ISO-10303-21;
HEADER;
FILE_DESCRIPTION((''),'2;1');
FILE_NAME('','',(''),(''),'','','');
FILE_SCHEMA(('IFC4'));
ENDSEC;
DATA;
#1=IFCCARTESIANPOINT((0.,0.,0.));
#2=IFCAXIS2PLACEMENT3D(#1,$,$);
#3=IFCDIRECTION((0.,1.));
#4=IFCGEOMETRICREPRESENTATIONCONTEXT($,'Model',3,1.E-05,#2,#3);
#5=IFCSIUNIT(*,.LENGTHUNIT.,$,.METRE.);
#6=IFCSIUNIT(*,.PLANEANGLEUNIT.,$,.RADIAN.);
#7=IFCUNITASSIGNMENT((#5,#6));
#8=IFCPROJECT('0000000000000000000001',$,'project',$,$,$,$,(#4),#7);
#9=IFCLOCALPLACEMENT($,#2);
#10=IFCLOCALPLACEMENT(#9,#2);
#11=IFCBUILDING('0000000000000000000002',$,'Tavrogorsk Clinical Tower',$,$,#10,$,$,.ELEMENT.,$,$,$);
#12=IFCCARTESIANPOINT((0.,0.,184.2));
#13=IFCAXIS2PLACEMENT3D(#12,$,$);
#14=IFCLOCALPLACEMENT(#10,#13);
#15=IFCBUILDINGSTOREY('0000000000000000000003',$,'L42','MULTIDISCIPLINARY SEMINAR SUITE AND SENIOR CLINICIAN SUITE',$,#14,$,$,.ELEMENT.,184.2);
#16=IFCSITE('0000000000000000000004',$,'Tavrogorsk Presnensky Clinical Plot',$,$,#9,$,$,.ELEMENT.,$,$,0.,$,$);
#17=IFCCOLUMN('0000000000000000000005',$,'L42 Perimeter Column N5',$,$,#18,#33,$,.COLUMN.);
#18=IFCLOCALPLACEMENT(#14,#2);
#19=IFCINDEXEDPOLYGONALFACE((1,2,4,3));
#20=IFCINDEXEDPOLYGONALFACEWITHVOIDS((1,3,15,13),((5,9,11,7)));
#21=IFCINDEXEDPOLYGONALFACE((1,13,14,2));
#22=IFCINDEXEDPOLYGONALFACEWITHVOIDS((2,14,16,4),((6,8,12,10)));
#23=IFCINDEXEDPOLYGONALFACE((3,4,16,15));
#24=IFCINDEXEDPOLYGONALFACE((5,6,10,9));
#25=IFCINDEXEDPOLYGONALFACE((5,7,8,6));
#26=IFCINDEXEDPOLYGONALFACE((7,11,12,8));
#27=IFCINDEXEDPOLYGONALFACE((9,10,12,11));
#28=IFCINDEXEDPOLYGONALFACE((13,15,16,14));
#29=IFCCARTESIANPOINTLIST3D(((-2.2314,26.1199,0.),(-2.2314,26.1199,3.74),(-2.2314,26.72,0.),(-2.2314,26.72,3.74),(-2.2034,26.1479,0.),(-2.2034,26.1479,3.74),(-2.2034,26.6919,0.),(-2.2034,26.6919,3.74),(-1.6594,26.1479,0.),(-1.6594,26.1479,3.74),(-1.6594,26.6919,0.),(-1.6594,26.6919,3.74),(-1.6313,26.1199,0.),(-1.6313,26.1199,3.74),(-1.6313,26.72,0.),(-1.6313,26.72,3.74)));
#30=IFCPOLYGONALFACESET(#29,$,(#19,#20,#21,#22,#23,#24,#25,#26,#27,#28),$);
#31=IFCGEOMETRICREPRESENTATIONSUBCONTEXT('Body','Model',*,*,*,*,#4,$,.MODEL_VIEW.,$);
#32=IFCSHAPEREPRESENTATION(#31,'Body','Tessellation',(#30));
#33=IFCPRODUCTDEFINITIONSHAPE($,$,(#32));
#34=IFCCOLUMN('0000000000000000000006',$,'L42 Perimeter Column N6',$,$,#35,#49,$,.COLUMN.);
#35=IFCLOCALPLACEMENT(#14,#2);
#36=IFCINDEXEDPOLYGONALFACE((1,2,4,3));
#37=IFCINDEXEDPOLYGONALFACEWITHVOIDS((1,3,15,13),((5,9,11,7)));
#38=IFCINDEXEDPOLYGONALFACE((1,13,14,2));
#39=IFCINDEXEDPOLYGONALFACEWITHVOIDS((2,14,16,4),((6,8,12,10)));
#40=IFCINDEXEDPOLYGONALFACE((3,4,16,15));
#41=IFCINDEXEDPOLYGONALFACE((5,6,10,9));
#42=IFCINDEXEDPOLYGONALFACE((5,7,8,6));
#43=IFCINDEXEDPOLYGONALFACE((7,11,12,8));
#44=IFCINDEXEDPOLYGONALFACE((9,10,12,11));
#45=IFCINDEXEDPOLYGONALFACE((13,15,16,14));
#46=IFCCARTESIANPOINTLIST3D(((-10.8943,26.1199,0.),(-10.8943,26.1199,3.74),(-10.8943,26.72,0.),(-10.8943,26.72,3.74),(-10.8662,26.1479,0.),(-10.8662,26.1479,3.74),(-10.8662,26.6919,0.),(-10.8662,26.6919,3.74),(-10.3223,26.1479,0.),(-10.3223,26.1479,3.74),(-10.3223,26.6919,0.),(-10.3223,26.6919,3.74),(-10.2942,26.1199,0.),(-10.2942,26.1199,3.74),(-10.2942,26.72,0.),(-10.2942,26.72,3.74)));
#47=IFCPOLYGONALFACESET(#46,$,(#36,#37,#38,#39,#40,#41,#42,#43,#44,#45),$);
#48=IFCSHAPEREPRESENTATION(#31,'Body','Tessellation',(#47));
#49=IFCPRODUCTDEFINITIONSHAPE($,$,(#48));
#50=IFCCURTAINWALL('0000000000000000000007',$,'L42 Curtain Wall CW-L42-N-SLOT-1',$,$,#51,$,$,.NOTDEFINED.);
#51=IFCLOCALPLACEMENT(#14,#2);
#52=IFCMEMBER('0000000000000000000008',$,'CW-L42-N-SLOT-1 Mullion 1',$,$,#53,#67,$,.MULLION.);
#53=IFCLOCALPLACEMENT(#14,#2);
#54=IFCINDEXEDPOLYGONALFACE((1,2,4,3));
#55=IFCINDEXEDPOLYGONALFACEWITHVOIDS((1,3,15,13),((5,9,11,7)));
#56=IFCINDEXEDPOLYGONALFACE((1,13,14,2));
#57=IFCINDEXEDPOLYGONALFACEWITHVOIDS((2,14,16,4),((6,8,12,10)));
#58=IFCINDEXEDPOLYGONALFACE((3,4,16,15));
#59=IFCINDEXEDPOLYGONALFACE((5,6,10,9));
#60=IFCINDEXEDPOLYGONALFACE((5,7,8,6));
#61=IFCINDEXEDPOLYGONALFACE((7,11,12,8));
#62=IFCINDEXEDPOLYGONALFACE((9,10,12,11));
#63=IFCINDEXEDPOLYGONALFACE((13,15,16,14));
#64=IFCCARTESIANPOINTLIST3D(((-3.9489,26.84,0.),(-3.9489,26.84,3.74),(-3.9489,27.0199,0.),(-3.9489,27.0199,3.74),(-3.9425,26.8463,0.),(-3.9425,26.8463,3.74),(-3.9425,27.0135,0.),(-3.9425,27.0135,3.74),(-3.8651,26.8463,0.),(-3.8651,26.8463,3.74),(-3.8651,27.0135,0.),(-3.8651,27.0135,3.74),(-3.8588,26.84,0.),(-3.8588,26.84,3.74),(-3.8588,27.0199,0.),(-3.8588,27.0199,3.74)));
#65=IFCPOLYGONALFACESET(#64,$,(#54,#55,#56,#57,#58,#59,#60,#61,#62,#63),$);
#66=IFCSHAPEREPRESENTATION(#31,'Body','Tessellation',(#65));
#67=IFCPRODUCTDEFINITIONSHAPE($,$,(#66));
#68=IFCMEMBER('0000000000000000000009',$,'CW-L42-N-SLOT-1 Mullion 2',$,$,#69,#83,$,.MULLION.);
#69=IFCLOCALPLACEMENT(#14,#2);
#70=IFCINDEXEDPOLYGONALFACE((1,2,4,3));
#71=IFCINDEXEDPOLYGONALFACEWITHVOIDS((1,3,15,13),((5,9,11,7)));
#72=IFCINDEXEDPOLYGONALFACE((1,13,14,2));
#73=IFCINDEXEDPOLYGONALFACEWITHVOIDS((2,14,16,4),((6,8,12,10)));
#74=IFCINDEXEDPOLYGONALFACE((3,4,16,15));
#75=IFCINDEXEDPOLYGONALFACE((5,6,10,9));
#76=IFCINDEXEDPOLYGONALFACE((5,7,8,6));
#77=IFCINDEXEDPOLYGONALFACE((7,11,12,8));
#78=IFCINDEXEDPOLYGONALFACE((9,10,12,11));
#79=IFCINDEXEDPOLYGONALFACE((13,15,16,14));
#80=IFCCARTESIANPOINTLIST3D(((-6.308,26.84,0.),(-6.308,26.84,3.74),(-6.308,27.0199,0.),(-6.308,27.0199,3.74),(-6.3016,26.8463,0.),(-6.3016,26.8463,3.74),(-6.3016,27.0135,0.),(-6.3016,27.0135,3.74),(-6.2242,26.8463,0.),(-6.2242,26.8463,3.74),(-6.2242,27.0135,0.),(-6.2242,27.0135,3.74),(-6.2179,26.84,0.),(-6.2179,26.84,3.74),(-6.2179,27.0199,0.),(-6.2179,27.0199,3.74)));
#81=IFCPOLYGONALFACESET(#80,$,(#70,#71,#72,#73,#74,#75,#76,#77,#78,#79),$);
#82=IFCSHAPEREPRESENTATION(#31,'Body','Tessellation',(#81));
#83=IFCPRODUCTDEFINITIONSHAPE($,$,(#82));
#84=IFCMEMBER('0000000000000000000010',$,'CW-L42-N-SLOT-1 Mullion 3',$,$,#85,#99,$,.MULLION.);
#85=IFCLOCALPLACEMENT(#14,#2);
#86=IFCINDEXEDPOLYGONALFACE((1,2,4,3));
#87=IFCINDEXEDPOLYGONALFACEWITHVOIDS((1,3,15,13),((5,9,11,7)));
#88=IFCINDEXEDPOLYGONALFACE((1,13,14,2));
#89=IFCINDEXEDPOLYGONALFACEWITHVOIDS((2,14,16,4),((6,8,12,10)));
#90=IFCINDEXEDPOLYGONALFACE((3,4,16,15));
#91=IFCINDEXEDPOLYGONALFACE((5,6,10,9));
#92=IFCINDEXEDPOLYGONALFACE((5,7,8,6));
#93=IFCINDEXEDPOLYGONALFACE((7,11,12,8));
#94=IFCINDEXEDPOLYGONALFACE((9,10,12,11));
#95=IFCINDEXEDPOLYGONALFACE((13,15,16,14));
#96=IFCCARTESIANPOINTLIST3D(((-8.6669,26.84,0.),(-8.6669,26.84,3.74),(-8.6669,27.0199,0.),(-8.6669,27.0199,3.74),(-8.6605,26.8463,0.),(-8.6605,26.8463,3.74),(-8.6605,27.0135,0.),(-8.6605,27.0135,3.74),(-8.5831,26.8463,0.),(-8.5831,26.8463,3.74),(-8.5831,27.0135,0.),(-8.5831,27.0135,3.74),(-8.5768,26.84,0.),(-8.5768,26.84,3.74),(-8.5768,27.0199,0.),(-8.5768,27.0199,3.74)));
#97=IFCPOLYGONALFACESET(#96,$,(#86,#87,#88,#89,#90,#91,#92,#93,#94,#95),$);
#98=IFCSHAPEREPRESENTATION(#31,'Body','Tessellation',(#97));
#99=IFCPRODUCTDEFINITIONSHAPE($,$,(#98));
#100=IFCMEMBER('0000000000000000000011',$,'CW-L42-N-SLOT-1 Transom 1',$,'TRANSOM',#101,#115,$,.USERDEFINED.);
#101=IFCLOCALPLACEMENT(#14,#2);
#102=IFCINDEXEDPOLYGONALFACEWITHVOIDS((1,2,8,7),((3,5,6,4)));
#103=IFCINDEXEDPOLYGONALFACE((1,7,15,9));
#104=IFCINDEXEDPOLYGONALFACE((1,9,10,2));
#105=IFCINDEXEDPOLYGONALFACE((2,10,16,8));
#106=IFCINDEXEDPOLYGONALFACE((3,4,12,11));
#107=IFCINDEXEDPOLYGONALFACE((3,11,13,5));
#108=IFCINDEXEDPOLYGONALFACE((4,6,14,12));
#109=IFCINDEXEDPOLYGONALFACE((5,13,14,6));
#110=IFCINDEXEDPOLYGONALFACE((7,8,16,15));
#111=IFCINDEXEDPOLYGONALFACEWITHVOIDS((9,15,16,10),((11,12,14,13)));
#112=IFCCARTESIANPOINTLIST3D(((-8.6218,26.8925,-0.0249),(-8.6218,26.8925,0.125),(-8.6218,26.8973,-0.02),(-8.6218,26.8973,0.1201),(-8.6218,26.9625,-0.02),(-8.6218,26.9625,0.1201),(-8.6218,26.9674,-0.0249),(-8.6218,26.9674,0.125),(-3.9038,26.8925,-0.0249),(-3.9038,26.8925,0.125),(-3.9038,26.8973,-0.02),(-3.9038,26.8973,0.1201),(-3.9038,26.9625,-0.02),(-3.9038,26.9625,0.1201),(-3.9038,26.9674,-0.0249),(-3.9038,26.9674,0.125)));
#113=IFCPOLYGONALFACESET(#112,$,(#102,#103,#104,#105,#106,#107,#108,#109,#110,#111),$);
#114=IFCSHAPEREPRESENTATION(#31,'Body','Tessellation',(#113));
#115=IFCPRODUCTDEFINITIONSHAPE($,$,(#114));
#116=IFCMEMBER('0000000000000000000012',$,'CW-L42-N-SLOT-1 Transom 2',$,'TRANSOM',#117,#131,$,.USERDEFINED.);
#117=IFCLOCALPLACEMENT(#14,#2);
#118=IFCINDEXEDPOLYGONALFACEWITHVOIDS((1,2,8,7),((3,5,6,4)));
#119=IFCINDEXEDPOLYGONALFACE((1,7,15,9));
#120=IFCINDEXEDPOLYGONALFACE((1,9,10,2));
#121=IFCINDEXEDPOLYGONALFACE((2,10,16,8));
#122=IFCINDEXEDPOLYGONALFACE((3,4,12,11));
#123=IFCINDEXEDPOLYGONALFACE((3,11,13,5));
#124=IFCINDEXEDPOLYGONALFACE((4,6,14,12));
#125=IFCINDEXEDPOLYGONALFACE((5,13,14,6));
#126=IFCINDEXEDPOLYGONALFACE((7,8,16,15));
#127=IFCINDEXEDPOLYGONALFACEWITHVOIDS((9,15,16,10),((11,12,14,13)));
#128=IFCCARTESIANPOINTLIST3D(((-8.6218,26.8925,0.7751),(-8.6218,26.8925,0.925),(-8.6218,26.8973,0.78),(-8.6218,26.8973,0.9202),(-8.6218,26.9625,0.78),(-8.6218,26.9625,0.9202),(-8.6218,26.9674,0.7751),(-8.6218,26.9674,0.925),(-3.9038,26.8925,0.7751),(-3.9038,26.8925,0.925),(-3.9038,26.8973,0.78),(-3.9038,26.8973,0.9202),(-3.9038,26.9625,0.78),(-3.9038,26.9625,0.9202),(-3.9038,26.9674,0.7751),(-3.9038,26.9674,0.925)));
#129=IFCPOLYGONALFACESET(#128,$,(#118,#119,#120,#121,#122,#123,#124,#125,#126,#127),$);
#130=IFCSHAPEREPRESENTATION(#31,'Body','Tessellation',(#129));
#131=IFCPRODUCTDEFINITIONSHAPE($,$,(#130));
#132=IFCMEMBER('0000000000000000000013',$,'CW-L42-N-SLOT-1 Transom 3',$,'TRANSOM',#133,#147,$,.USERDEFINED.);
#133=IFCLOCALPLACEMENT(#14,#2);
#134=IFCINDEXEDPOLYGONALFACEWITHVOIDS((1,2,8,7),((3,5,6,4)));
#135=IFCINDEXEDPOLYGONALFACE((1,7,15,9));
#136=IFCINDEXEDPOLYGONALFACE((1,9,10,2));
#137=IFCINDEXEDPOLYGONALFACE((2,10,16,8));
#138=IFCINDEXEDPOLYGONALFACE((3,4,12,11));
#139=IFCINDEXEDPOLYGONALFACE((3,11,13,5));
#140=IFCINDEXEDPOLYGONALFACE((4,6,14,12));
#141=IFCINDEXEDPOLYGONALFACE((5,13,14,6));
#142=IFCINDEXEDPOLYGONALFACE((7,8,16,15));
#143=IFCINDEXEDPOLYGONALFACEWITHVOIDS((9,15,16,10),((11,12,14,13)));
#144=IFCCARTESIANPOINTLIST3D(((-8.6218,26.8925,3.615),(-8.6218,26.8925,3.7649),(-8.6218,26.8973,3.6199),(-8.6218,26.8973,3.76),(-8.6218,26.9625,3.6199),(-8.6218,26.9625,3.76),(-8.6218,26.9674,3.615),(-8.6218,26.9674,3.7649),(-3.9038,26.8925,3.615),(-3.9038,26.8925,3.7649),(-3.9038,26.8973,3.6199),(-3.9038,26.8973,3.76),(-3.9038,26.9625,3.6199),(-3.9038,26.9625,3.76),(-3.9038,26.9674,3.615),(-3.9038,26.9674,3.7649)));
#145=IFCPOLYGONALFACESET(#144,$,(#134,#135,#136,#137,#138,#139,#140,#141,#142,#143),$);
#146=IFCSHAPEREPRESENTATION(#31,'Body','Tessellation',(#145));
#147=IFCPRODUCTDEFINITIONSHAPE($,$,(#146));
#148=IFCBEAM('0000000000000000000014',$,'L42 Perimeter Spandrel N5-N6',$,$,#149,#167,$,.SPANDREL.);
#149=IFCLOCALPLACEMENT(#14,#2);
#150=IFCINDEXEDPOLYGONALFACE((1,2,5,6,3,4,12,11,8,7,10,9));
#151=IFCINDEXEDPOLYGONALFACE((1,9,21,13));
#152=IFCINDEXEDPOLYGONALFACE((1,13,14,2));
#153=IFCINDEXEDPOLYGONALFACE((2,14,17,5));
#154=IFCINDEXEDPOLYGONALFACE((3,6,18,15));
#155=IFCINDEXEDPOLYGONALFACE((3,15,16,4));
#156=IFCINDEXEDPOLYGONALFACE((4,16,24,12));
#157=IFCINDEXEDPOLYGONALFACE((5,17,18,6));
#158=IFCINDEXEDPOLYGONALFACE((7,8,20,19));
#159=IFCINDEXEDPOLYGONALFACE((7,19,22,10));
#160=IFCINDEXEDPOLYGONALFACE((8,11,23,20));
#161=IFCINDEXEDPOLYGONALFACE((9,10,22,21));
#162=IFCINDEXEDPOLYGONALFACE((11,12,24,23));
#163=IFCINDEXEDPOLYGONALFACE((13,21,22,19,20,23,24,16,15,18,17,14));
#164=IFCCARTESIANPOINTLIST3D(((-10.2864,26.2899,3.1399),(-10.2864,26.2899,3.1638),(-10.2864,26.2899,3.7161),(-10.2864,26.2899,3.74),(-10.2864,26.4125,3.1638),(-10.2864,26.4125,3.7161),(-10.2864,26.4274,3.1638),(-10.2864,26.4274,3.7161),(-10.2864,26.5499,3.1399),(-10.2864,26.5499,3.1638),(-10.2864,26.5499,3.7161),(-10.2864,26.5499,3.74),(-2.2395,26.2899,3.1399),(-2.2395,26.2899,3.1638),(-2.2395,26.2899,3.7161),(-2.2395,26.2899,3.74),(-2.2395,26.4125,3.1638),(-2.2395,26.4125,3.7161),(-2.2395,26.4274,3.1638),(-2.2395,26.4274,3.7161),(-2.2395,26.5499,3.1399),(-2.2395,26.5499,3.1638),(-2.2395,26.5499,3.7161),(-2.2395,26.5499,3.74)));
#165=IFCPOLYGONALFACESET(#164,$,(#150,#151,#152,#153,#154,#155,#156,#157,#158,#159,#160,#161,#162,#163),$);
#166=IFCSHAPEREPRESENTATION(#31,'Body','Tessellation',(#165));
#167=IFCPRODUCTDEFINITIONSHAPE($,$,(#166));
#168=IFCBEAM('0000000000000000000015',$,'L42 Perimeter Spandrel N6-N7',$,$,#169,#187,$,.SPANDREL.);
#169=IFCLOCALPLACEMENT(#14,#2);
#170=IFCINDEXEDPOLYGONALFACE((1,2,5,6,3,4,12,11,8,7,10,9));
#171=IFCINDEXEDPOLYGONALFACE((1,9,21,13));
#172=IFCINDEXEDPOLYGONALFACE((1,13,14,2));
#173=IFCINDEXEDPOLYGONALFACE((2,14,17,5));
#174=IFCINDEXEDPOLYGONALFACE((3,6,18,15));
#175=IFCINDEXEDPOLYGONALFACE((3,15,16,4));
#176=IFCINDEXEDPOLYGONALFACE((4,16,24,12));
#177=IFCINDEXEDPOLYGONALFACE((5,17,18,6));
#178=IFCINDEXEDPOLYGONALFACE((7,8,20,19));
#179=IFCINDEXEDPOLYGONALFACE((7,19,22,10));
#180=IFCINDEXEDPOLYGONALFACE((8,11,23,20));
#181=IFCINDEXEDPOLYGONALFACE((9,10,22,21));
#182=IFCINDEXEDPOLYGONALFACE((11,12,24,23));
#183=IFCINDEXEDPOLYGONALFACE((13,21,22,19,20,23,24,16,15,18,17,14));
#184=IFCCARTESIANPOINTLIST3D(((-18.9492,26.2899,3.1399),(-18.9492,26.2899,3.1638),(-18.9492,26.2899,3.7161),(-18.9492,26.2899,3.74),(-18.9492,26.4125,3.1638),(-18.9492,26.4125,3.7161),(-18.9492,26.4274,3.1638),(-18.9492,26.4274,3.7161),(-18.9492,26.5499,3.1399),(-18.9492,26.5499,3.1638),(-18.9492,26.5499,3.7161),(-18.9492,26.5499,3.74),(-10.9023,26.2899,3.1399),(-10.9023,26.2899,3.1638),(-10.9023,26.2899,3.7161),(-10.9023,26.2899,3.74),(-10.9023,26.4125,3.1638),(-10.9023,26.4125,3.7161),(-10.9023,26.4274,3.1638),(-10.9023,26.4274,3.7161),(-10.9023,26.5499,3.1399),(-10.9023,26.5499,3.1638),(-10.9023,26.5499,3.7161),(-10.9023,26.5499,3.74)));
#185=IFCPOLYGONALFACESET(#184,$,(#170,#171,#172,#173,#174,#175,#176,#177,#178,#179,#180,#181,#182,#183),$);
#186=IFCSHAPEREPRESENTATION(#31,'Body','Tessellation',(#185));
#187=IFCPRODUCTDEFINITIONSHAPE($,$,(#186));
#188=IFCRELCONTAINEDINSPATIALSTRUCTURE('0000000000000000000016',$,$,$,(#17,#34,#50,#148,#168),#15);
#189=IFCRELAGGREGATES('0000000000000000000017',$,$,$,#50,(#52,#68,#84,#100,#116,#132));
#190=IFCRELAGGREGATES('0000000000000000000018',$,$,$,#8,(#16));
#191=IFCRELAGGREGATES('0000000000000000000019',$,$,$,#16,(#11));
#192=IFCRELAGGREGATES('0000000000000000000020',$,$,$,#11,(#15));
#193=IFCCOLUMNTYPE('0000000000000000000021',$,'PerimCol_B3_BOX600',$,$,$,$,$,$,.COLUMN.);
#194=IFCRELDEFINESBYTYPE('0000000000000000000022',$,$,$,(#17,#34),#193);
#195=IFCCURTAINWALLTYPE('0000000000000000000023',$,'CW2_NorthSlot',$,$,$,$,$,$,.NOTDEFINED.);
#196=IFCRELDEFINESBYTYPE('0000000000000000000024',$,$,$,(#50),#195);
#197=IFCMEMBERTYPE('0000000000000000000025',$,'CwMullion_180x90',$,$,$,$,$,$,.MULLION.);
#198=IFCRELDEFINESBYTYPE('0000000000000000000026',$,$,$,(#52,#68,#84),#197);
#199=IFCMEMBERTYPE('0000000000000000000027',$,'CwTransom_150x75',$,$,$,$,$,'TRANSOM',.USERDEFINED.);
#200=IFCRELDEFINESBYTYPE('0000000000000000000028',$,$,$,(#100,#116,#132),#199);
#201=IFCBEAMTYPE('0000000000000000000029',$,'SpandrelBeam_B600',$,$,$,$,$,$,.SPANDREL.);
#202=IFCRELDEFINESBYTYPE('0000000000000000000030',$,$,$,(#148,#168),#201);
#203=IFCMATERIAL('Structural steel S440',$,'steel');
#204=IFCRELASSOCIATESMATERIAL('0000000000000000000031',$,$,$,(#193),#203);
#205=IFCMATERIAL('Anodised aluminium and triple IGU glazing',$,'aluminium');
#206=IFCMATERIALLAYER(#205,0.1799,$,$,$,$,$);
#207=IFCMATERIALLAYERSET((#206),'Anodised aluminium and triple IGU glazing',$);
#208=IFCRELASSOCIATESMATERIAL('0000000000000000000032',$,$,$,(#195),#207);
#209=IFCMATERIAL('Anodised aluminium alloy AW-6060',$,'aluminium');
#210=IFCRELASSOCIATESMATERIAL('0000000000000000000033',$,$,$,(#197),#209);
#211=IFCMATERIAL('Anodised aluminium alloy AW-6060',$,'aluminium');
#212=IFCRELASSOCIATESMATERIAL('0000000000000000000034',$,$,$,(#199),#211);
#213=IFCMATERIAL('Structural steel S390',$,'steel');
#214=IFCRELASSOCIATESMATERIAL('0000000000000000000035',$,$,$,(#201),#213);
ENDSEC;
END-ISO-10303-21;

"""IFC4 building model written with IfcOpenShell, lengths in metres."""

from ifc_helpers import new_model, si_unit, direction, frame, origin, origin_2d, place, context, subcontext, project, spatial, hollow_rectangle, i_section, extrude, material, layer, layer_set, material_profile, profile_set, type_object, element, aggregate, save


model = new_model("IFC4")

# Units and contexts
model_context = context("Model", 3, precision=1e-05, world=origin(), true_north=direction((0.0, 1.0)))
body_context = subcontext(model_context, "Body", "Model", "MODEL_VIEW")
ifc_project = project(units=[si_unit("LENGTHUNIT", "METRE"), si_unit("PLANEANGLEUNIT", "RADIAN")], contexts=[model_context])

# Site, building, storey
site_placement = place(None, origin())
site = spatial("IfcSite", under=ifc_project, at=site_placement, Name="Tavrogorsk Presnensky Clinical Plot", CompositionType="ELEMENT", RefElevation=0.0)
building_placement = place(site_placement, origin())
building = spatial("IfcBuilding", under=site, at=building_placement, Name="Tavrogorsk Clinical Tower", CompositionType="ELEMENT")
storey_placement = place(building_placement, frame((0.0, 0.0, 184.2)))
storey = spatial("IfcBuildingStorey", under=building, at=storey_placement, Name="L42", Description="MULTIDISCIPLINARY SEMINAR SUITE AND SENIOR CLINICIAN SUITE", CompositionType="ELEMENT", Elevation=184.2)

# Columns
ifc_material_1 = material(Name="Structural steel S440", Category="steel")
ifc_material_profile_1 = material_profile(ifc_material_1, hollow_rectangle(XDim=0.6001, YDim=0.6001, WallThickness=0.0281, at=origin_2d()), Name="BOX-600x600x28")
ifc_profile_set_1 = profile_set([ifc_material_profile_1], Name="Structural steel S440")
column_type = type_object("IfcColumnType", Name="PerimCol_B3_BOX600", PredefinedType="COLUMN", material=ifc_profile_set_1)
for number, where, z_axis, x_axis, name in (
    (1, (-1.9314, 26.4199, 0.0), (0.0, 0.0, 1.0), (1.0, 0.0, 0.0), "L42 Perimeter Column N5"),
    (2, (-10.5942, 26.4199, 0.0), (0.0, 0.0, 1.0), (1.0, 0.0, 0.0), "L42 Perimeter Column N6"),
):
    element("IfcColumn", number, at=place(storey_placement, frame(where, z_axis=z_axis, x_axis=x_axis)), inside=storey, type_object=column_type, Name=name, PredefinedType="COLUMN", context=body_context, shape_type="SweptSolid", body=[
        extrude(hollow_rectangle(XDim=0.6001, YDim=0.6001, WallThickness=0.0281, at=origin_2d()), origin(), (0.0, 0.0, 1.0), 3.74),
    ])

# Curtain wall, members
ifc_material_2 = material(Name="Anodised aluminium and triple IGU glazing", Category="aluminium")
ifc_layer_1 = layer(ifc_material_2, 0.1799)
ifc_layer_set_1 = layer_set([ifc_layer_1], Name="Anodised aluminium and triple IGU glazing")
curtain_wall_type = type_object("IfcCurtainWallType", Name="CW2_NorthSlot", PredefinedType="NOTDEFINED", material=ifc_layer_set_1)
curtain_wall_placement = place(storey_placement, origin())
curtain_wall = element("IfcCurtainWall", 3, at=curtain_wall_placement, inside=storey, type_object=curtain_wall_type, Name="L42 Curtain Wall CW-L42-N-SLOT-1", PredefinedType="NOTDEFINED")
ifc_material_3 = material(Name="Anodised aluminium alloy AW-6060", Category="aluminium")
ifc_material_profile_2 = material_profile(ifc_material_3, hollow_rectangle(XDim=0.0901, YDim=0.1799, WallThickness=0.0063, at=origin_2d()), Name="RHS-180x90x6.3")
ifc_profile_set_2 = profile_set([ifc_material_profile_2], Name="Anodised aluminium alloy AW-6060")
member_type_1 = type_object("IfcMemberType", Name="CwMullion_180x90", PredefinedType="MULLION", material=ifc_profile_set_2)
member_1_placement = place(storey_placement, frame((-3.9038, 26.9299, 0.0), z_axis=(0.0, 0.0, 1.0), x_axis=(-1.0, 0.0, 0.0)))
member_1 = element("IfcMember", 4, at=member_1_placement, type_object=member_type_1, Name="CW-L42-N-SLOT-1 Mullion 1", PredefinedType="MULLION", context=body_context, shape_type="SweptSolid", body=[
    extrude(hollow_rectangle(XDim=0.0901, YDim=0.1799, WallThickness=0.0063, at=origin_2d()), origin(), (0.0, 0.0, 1.0), 3.74),
])
member_2_placement = place(storey_placement, frame((-6.2629, 26.9299, 0.0), z_axis=(0.0, 0.0, 1.0), x_axis=(-1.0, 0.0, 0.0)))
member_2 = element("IfcMember", 5, at=member_2_placement, type_object=member_type_1, Name="CW-L42-N-SLOT-1 Mullion 2", PredefinedType="MULLION", context=body_context, shape_type="SweptSolid", body=[
    extrude(hollow_rectangle(XDim=0.0901, YDim=0.1799, WallThickness=0.0063, at=origin_2d()), origin(), (0.0, 0.0, 1.0), 3.74),
])
member_3_placement = place(storey_placement, frame((-8.6218, 26.9299, 0.0), z_axis=(0.0, 0.0, 1.0), x_axis=(-1.0, 0.0, 0.0)))
member_3 = element("IfcMember", 6, at=member_3_placement, type_object=member_type_1, Name="CW-L42-N-SLOT-1 Mullion 3", PredefinedType="MULLION", context=body_context, shape_type="SweptSolid", body=[
    extrude(hollow_rectangle(XDim=0.0901, YDim=0.1799, WallThickness=0.0063, at=origin_2d()), origin(), (0.0, 0.0, 1.0), 3.74),
])
ifc_material_4 = material(Name="Anodised aluminium alloy AW-6060", Category="aluminium")
ifc_material_profile_3 = material_profile(ifc_material_4, hollow_rectangle(XDim=0.075, YDim=0.1499, WallThickness=0.0049, at=origin_2d()), Name="RHS-150x75x5")
ifc_profile_set_3 = profile_set([ifc_material_profile_3], Name="Anodised aluminium alloy AW-6060")
member_type_2 = type_object("IfcMemberType", Name="CwTransom_150x75", ElementType="TRANSOM", PredefinedType="USERDEFINED", material=ifc_profile_set_3)
member_4_placement = place(storey_placement, frame((-3.9038, 26.9299, 0.05), z_axis=(-1.0, 0.0, 0.0), x_axis=(0.0, -1.0, 0.0)))
member_4 = element("IfcMember", 7, at=member_4_placement, type_object=member_type_2, Name="CW-L42-N-SLOT-1 Transom 1", ObjectType="TRANSOM", PredefinedType="USERDEFINED", context=body_context, shape_type="SweptSolid", body=[
    extrude(hollow_rectangle(XDim=0.075, YDim=0.1499, WallThickness=0.0049, at=origin_2d()), origin(), (0.0, 0.0, 1.0), 4.718),
])
member_5_placement = place(storey_placement, frame((-3.9038, 26.9299, 0.8501), z_axis=(-1.0, 0.0, 0.0), x_axis=(0.0, -1.0, 0.0)))
member_5 = element("IfcMember", 8, at=member_5_placement, type_object=member_type_2, Name="CW-L42-N-SLOT-1 Transom 2", ObjectType="TRANSOM", PredefinedType="USERDEFINED", context=body_context, shape_type="SweptSolid", body=[
    extrude(hollow_rectangle(XDim=0.075, YDim=0.1499, WallThickness=0.0049, at=origin_2d()), origin(), (0.0, 0.0, 1.0), 4.718),
])
member_6_placement = place(storey_placement, frame((-3.9038, 26.9299, 3.6899), z_axis=(-1.0, 0.0, 0.0), x_axis=(0.0, -1.0, 0.0)))
member_6 = element("IfcMember", 9, at=member_6_placement, type_object=member_type_2, Name="CW-L42-N-SLOT-1 Transom 3", ObjectType="TRANSOM", PredefinedType="USERDEFINED", context=body_context, shape_type="SweptSolid", body=[
    extrude(hollow_rectangle(XDim=0.075, YDim=0.1499, WallThickness=0.0049, at=origin_2d()), origin(), (0.0, 0.0, 1.0), 4.718),
])

# Beams
ifc_material_5 = material(Name="Structural steel S390", Category="steel")
ifc_material_profile_4 = material_profile(ifc_material_5, i_section(OverallWidth=0.26, OverallDepth=0.6001, WebThickness=0.0149, FlangeThickness=0.0239, at=origin_2d()), Name="B-600x260x15x24")
ifc_profile_set_4 = profile_set([ifc_material_profile_4], Name="Structural steel S390")
beam_type = type_object("IfcBeamType", Name="SpandrelBeam_B600", PredefinedType="SPANDREL", material=ifc_profile_set_4)
for number, where, z_axis, x_axis, name in (
    (10, (-2.2395, 26.4199, 3.4399), (-1.0, 0.0, 0.0), (0.0, -1.0, 0.0), "L42 Perimeter Spandrel N5-N6"),
    (11, (-10.9023, 26.4199, 3.4399), (-1.0, 0.0, 0.0), (0.0, -1.0, 0.0), "L42 Perimeter Spandrel N6-N7"),
):
    element("IfcBeam", number, at=place(storey_placement, frame(where, z_axis=z_axis, x_axis=x_axis)), inside=storey, type_object=beam_type, Name=name, PredefinedType="SPANDREL", context=body_context, shape_type="SweptSolid", body=[
        extrude(i_section(OverallWidth=0.26, OverallDepth=0.6001, WebThickness=0.0149, FlangeThickness=0.0239, at=origin_2d()), origin(), (0.0, 0.0, 1.0), 8.0469),
    ])

aggregate(curtain_wall, [member_1, member_2, member_3, member_4, member_5, member_6])

save(model, "model.ifc")
